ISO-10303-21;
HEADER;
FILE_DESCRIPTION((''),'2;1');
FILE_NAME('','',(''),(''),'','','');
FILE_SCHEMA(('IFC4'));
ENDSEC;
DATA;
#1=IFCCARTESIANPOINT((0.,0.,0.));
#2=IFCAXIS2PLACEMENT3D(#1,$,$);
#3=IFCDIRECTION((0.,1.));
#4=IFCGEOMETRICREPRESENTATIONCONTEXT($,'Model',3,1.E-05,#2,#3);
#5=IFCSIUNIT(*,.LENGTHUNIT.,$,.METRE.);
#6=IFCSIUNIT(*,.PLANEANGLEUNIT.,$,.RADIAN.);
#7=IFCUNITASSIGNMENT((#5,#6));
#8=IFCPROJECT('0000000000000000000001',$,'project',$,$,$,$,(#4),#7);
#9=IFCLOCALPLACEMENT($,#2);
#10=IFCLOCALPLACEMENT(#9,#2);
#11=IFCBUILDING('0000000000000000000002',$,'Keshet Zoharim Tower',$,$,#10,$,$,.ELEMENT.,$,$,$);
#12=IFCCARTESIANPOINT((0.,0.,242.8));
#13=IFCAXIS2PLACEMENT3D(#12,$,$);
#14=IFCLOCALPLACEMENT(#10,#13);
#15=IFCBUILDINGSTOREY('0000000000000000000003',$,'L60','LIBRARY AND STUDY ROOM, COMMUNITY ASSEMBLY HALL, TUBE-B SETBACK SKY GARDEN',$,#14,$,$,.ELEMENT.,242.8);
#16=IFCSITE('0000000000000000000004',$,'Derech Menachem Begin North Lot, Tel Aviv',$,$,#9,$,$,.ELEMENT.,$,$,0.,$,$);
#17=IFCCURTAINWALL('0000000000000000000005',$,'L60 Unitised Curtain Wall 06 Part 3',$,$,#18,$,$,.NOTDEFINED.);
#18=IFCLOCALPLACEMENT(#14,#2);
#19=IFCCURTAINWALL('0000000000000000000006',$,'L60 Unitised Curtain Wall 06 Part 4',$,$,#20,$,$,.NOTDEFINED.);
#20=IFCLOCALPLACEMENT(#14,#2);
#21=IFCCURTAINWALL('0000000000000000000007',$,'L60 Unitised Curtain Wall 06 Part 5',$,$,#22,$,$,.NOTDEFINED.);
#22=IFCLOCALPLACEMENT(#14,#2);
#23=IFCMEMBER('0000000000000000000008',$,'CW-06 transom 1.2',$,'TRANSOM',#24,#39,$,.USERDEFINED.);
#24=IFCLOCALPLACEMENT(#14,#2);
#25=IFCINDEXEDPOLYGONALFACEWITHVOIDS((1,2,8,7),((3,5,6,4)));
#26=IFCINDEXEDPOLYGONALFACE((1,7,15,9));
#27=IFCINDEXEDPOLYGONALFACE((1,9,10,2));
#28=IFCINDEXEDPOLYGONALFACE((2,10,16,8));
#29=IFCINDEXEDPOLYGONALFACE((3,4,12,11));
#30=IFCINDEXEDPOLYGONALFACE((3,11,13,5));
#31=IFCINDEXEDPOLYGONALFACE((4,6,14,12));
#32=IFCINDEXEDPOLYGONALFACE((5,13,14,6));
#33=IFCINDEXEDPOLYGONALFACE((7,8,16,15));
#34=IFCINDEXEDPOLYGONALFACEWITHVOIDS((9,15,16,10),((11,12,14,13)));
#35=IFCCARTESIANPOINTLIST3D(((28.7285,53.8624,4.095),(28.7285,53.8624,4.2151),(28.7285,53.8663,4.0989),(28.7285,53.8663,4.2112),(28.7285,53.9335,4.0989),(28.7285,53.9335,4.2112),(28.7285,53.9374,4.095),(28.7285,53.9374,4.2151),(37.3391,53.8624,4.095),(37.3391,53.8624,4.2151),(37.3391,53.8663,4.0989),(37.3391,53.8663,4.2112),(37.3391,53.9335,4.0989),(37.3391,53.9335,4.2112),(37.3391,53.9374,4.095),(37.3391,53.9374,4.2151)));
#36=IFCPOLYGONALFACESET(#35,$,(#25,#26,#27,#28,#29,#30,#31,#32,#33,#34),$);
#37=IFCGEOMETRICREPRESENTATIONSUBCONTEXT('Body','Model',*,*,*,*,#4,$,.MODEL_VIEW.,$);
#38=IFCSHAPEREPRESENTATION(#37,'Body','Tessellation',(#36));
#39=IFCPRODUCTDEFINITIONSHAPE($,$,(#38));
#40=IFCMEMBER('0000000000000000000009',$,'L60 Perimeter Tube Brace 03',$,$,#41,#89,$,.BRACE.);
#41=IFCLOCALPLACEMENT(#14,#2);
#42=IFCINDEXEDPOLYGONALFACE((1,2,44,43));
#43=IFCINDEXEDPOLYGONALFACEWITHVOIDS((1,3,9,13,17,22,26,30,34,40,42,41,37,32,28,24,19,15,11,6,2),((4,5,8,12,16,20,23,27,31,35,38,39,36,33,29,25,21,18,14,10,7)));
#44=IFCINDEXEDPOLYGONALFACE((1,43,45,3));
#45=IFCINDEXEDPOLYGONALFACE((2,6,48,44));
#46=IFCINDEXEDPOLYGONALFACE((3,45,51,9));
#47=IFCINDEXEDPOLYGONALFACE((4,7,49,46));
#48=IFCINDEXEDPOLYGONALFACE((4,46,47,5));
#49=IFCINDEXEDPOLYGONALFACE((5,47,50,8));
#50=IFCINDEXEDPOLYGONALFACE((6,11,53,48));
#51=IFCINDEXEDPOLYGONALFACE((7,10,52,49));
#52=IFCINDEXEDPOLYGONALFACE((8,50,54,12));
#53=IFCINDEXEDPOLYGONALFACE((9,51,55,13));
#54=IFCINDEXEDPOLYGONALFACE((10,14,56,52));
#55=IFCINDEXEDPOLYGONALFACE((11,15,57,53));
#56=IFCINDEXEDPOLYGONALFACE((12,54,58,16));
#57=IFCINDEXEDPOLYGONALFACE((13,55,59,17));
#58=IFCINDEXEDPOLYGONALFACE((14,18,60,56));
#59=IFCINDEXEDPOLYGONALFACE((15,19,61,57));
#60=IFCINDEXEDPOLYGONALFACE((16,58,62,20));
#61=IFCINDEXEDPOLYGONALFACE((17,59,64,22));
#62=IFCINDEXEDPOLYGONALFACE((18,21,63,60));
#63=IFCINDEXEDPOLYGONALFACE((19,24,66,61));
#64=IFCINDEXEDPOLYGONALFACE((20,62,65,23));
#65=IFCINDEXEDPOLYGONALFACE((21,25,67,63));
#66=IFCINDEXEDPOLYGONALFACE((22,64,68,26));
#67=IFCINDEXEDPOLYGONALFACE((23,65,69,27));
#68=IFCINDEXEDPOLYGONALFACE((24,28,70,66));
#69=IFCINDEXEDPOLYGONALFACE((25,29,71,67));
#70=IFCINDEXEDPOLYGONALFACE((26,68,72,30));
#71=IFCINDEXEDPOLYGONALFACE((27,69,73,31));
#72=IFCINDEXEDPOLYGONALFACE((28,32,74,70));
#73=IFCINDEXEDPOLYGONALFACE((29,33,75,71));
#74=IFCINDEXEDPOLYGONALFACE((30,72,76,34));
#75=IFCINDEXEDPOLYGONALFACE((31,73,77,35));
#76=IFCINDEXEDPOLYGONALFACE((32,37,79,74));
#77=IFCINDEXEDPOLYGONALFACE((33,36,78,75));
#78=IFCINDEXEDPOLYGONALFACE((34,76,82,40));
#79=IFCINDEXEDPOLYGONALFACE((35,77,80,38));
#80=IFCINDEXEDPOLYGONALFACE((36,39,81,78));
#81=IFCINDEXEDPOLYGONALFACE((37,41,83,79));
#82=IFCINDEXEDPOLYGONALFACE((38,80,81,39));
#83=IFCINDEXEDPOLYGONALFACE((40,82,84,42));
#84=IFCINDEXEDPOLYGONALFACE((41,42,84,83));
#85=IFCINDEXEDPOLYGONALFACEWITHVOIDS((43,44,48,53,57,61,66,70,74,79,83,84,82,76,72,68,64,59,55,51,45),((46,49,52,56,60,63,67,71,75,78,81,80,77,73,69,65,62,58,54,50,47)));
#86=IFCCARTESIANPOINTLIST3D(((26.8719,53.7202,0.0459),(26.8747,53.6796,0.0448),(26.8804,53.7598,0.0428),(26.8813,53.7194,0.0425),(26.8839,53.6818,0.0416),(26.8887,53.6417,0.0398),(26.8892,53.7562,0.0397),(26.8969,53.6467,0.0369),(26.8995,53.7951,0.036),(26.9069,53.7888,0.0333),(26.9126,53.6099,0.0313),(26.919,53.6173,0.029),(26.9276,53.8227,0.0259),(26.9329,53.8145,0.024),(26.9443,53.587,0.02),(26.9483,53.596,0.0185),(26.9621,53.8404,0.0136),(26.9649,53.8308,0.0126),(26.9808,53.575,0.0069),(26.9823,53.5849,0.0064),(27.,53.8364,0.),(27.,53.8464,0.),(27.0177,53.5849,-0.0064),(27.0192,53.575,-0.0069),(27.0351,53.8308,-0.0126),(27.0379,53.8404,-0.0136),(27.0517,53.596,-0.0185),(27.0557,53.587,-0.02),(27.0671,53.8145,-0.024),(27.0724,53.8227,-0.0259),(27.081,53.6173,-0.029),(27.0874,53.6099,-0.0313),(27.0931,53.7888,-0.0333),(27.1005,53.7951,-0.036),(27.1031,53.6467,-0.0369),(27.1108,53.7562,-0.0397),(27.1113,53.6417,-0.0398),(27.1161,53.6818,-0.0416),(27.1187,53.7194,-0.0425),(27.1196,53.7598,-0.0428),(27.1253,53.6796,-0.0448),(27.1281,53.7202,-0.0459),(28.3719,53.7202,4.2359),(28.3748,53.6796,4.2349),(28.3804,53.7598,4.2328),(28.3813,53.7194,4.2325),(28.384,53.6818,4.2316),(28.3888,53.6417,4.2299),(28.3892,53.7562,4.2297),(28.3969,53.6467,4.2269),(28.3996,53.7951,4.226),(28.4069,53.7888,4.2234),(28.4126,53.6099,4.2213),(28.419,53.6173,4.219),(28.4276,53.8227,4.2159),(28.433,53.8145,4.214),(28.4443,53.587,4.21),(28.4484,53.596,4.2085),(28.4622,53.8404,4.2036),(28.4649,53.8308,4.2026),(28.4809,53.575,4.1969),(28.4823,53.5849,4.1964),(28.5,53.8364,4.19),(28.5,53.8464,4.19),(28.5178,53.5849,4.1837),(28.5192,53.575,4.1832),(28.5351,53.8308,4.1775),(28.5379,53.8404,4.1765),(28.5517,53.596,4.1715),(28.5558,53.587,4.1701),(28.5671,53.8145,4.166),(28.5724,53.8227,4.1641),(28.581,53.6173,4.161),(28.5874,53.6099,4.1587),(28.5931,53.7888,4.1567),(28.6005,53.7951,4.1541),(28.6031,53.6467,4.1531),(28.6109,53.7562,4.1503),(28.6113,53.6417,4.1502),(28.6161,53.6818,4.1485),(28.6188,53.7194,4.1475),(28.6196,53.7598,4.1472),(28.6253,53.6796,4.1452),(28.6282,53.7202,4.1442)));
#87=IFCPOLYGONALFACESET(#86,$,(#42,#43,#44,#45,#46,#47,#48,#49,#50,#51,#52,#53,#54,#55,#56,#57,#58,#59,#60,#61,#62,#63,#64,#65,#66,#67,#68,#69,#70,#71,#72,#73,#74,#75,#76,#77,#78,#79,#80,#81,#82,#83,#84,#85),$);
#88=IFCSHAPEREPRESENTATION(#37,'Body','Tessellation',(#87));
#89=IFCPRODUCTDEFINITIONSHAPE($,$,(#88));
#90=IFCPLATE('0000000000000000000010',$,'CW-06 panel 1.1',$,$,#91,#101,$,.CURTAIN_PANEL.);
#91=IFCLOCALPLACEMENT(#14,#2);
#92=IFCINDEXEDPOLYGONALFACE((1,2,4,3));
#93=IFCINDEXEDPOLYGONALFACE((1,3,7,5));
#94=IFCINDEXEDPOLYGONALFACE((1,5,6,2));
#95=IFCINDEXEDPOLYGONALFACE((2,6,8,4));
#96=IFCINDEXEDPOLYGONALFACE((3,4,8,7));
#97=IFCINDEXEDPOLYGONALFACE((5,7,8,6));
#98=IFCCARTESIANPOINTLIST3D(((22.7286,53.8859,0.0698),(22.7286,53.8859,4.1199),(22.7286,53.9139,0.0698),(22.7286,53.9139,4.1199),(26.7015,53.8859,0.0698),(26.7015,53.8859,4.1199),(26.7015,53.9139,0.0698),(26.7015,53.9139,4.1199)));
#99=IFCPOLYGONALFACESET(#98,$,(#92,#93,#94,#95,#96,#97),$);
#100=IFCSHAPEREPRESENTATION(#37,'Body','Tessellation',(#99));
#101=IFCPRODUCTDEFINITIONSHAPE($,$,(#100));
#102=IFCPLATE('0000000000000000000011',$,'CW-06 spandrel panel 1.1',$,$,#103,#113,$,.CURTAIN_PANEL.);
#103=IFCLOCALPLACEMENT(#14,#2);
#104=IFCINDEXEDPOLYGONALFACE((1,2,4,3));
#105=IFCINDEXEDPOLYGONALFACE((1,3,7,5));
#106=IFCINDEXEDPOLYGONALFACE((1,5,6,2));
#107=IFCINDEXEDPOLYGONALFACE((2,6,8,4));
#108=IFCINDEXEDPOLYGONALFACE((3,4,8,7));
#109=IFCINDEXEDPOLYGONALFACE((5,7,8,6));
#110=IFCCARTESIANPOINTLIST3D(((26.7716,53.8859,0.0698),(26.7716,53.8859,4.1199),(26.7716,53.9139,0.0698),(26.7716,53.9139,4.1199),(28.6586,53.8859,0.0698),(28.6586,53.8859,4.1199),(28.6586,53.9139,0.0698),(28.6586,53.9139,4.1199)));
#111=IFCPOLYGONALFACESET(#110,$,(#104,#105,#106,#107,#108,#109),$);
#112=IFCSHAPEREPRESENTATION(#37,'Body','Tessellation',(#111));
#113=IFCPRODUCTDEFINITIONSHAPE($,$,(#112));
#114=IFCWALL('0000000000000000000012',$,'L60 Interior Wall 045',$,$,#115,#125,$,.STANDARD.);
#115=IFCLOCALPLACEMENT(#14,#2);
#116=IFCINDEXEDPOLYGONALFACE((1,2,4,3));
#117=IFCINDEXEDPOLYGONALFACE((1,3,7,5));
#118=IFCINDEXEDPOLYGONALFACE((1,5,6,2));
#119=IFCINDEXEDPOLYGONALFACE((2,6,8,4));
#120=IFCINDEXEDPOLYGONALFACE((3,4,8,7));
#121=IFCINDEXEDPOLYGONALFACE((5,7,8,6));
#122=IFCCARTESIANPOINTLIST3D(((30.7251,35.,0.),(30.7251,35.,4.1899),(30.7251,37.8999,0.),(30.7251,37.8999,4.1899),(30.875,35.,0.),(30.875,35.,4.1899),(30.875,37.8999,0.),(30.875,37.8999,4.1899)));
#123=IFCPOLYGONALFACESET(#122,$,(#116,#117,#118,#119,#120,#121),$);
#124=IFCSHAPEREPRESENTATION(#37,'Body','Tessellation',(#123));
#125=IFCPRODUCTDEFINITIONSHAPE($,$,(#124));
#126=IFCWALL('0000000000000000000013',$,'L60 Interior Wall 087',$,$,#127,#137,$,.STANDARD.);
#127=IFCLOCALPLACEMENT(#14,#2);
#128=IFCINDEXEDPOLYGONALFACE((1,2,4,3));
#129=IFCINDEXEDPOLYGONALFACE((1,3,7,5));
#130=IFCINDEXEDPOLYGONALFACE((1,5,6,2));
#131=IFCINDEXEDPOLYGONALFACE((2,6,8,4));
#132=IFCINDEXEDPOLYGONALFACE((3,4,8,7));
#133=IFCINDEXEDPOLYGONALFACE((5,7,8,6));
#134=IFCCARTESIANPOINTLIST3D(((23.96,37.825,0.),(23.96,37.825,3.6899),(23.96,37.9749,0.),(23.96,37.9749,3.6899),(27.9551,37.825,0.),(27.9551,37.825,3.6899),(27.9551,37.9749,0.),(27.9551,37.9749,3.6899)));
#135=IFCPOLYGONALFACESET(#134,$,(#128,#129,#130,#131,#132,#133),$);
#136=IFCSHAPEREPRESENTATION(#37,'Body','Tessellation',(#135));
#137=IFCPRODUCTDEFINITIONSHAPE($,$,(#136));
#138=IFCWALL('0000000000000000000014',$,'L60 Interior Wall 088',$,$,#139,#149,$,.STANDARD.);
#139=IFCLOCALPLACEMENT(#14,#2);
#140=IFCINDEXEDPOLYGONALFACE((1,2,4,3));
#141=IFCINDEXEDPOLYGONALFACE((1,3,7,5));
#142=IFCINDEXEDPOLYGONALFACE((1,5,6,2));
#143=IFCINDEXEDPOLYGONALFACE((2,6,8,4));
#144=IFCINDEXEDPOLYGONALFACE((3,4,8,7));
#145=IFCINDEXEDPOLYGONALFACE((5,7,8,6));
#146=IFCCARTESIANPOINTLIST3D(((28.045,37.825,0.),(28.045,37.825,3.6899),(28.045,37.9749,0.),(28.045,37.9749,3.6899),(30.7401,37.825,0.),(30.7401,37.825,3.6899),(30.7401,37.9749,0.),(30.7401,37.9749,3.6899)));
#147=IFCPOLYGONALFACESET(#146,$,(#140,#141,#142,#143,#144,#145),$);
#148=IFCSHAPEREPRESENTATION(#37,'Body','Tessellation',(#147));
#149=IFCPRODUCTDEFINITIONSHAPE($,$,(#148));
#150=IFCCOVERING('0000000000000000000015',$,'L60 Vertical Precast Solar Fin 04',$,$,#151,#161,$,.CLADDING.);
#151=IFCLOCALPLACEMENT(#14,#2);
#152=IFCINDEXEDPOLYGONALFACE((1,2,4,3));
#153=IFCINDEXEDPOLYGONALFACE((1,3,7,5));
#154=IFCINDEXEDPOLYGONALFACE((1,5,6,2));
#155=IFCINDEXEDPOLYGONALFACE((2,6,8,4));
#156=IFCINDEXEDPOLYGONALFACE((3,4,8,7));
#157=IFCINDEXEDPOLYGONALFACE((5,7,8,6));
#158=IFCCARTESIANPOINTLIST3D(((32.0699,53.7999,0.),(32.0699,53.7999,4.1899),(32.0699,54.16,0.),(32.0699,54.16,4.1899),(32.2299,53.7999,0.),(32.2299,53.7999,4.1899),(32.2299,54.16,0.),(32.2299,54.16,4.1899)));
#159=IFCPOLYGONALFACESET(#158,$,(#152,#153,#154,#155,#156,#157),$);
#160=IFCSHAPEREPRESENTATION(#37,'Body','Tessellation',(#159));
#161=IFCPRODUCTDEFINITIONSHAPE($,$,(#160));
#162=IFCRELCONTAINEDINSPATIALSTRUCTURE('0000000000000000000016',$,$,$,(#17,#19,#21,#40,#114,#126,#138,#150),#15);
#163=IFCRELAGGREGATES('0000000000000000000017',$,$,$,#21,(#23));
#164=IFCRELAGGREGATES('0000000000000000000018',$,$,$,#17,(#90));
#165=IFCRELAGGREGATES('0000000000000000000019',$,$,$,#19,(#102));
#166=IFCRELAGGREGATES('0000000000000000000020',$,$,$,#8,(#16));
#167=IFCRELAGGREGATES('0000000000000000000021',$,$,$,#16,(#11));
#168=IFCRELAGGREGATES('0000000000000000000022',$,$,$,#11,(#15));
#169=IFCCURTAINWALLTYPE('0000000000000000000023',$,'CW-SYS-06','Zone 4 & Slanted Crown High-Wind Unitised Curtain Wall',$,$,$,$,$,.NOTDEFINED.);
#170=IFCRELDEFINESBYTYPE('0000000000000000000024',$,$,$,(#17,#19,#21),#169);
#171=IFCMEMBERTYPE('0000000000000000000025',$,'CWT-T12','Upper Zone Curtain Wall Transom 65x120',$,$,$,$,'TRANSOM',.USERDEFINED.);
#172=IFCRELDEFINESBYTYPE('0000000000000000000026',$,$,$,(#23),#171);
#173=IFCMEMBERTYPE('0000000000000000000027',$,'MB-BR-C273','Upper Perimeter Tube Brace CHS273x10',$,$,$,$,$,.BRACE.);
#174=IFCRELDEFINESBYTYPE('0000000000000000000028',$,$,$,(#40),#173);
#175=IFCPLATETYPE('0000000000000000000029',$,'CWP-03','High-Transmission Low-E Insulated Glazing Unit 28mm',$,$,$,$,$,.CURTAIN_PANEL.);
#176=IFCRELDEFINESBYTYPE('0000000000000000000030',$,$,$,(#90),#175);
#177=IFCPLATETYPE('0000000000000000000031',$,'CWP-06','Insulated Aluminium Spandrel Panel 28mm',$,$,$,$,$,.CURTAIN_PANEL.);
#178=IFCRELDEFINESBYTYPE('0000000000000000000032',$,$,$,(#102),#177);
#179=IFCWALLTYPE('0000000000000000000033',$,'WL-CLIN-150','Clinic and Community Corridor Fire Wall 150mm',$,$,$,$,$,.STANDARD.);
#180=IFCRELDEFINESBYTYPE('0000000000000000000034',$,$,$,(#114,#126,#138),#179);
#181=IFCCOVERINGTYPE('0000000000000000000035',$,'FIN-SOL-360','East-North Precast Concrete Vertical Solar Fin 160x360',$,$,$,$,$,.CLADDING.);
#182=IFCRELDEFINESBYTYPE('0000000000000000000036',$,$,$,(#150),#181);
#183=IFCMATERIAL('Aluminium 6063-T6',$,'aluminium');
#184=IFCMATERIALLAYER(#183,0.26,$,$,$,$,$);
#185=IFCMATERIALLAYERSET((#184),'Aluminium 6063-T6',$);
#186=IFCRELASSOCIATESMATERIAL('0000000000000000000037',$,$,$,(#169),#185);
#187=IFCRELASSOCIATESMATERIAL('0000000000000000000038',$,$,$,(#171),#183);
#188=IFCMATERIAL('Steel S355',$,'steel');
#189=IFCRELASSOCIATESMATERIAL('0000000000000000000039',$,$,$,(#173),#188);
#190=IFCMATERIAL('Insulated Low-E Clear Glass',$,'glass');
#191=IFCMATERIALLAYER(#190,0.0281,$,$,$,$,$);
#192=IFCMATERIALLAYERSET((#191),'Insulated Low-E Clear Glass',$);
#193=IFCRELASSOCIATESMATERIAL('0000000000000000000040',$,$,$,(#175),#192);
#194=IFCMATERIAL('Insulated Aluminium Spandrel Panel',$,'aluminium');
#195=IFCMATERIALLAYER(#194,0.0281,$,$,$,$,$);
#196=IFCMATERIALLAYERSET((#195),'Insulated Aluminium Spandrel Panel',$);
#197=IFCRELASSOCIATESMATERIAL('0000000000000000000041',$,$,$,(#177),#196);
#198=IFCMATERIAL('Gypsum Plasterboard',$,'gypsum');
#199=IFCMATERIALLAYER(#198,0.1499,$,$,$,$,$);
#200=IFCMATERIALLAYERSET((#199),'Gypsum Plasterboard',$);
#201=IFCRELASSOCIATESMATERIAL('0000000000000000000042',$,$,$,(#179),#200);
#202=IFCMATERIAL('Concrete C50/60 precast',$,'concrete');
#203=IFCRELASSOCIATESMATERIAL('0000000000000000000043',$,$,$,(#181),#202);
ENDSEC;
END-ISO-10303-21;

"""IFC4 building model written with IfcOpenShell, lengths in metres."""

from ifc_helpers import new_model, si_unit, direction, frame, frame_2d, origin, origin_2d, place, context, subcontext, project, spatial, rectangle, hollow_rectangle, hollow_circle, extrude, material, layer, layer_set, material_profile, profile_set, type_object, element, aggregate, save


model = new_model("IFC4")

# Units and contexts
model_context = context("Model", 3, precision=1e-05, world=origin(), true_north=direction((0.0, 1.0)))
body_context = subcontext(model_context, "Body", "Model", "MODEL_VIEW")
ifc_project = project(units=[si_unit("LENGTHUNIT", "METRE"), si_unit("PLANEANGLEUNIT", "RADIAN")], contexts=[model_context])

# Site, building, storey
site_placement = place(None, origin())
site = spatial("IfcSite", under=ifc_project, at=site_placement, Name="Derech Menachem Begin North Lot, Tel Aviv", CompositionType="ELEMENT", RefElevation=0.0)
building_placement = place(site_placement, origin())
building = spatial("IfcBuilding", under=site, at=building_placement, Name="Keshet Zoharim Tower", CompositionType="ELEMENT")
storey_placement = place(building_placement, frame((0.0, 0.0, 242.8)))
storey = spatial("IfcBuildingStorey", under=building, at=storey_placement, Name="L60", Description="LIBRARY AND STUDY ROOM, COMMUNITY ASSEMBLY HALL, TUBE-B SETBACK SKY GARDEN", CompositionType="ELEMENT", Elevation=242.8)

# Shared definitions
ifc_material_1 = material(Name="Steel S355", Category="steel")

# Curtain wall
ifc_material_2 = material(Name="Aluminium 6063-T6", Category="aluminium")
ifc_layer_1 = layer(ifc_material_2, 0.26)
ifc_layer_set_1 = layer_set([ifc_layer_1], Name="Aluminium 6063-T6")
curtain_wall_type = type_object("IfcCurtainWallType", Name="CW-SYS-06", Description="Zone 4 & Slanted Crown High-Wind Unitised Curtain Wall", PredefinedType="NOTDEFINED", material=ifc_layer_set_1)
curtain_wall_1_placement = place(storey_placement, origin())
curtain_wall_1 = element("IfcCurtainWall", 1, at=curtain_wall_1_placement, inside=storey, type_object=curtain_wall_type, Name="L60 Unitised Curtain Wall 06 Part 3", PredefinedType="NOTDEFINED")

# Curtain walls, member
curtain_wall_2_placement = place(storey_placement, origin())
curtain_wall_2 = element("IfcCurtainWall", 2, at=curtain_wall_2_placement, inside=storey, type_object=curtain_wall_type, Name="L60 Unitised Curtain Wall 06 Part 4", PredefinedType="NOTDEFINED")
ifc_material_profile_1 = material_profile(ifc_material_2, hollow_rectangle(XDim=0.075, YDim=0.1201, WallThickness=0.0039, at=origin_2d()), Name="TRN-75x120")
ifc_profile_set_1 = profile_set([ifc_material_profile_1], Name="Aluminium 6063-T6")
member_type_1 = type_object("IfcMemberType", Name="CWT-T12", Description="Upper Zone Curtain Wall Transom 65x120", ElementType="TRANSOM", PredefinedType="USERDEFINED", material=ifc_profile_set_1)
curtain_wall_3_placement = place(storey_placement, origin())
curtain_wall_3 = element("IfcCurtainWall", 3, at=curtain_wall_3_placement, inside=storey, type_object=curtain_wall_type, Name="L60 Unitised Curtain Wall 06 Part 5", PredefinedType="NOTDEFINED")
member_1_placement = place(storey_placement, frame((28.7285, 53.8999, 4.155), z_axis=(1.0, 0.0, 0.0), x_axis=(0.0, 1.0, 0.0)))
member_1 = element("IfcMember", 4, at=member_1_placement, type_object=member_type_1, Name="CW-06 transom 1.2", ObjectType="TRANSOM", PredefinedType="USERDEFINED", context=body_context, shape_type="SweptSolid", body=[
    extrude(hollow_rectangle(XDim=0.075, YDim=0.1201, WallThickness=0.0039, at=origin_2d()), origin(), (0.0, 0.0, 1.0), 8.6106),
])
aggregate(curtain_wall_3, [member_1])

# Member
ifc_material_profile_2 = material_profile(ifc_material_1, hollow_circle(Radius=0.1365, WallThickness=0.01, at=origin_2d()), Name="CHS273x10")
ifc_profile_set_2 = profile_set([ifc_material_profile_2], Name="Steel S355")
member_type_2 = type_object("IfcMemberType", Name="MB-BR-C273", Description="Upper Perimeter Tube Brace CHS273x10", PredefinedType="BRACE", material=ifc_profile_set_2)
member_2_placement = place(storey_placement, frame((27.0, 53.71, 0.0), z_axis=(0.337052, 0.0, 0.941486), x_axis=(0.0, 1.0, 0.0)))
element("IfcMember", 5, at=member_2_placement, inside=storey, type_object=member_type_2, Name="L60 Perimeter Tube Brace 03", PredefinedType="BRACE", context=body_context, shape_type="SweptSolid", body=[
    extrude(hollow_circle(Radius=0.1365, WallThickness=0.01, at=origin_2d()), origin(), (0.0, 0.0, 1.0), 4.4504),
])

# Plates
ifc_material_3 = material(Name="Insulated Low-E Clear Glass", Category="glass")
ifc_layer_2 = layer(ifc_material_3, 0.0281)
ifc_layer_set_2 = layer_set([ifc_layer_2], Name="Insulated Low-E Clear Glass")
plate_type_1 = type_object("IfcPlateType", Name="CWP-03", Description="High-Transmission Low-E Insulated Glazing Unit 28mm", PredefinedType="CURTAIN_PANEL", material=ifc_layer_set_2)
plate_1_placement = place(storey_placement, frame((24.7151, 53.8999, 0.0698), z_axis=(0.0, 0.0, 1.0), x_axis=(1.0, 0.0, 0.0)))
plate_1 = element("IfcPlate", 6, at=plate_1_placement, type_object=plate_type_1, Name="CW-06 panel 1.1", PredefinedType="CURTAIN_PANEL", context=body_context, shape_type="SweptSolid", body=[
    extrude(rectangle(XDim=3.9729, YDim=0.0281, at=origin_2d()), origin(), (0.0, 0.0, 1.0), 4.05),
])
aggregate(curtain_wall_1, [plate_1])
ifc_material_4 = material(Name="Insulated Aluminium Spandrel Panel", Category="aluminium")
ifc_layer_3 = layer(ifc_material_4, 0.0281)
ifc_layer_set_3 = layer_set([ifc_layer_3], Name="Insulated Aluminium Spandrel Panel")
plate_type_2 = type_object("IfcPlateType", Name="CWP-06", Description="Insulated Aluminium Spandrel Panel 28mm", PredefinedType="CURTAIN_PANEL", material=ifc_layer_set_3)
plate_2_placement = place(storey_placement, frame((27.7151, 53.8999, 0.0698), z_axis=(0.0, 0.0, 1.0), x_axis=(1.0, 0.0, 0.0)))
plate_2 = element("IfcPlate", 7, at=plate_2_placement, type_object=plate_type_2, Name="CW-06 spandrel panel 1.1", PredefinedType="CURTAIN_PANEL", context=body_context, shape_type="SweptSolid", body=[
    extrude(rectangle(XDim=1.887, YDim=0.0281, at=origin_2d()), origin(), (0.0, 0.0, 1.0), 4.05),
])
aggregate(curtain_wall_2, [plate_2])

# Walls
ifc_material_5 = material(Name="Gypsum Plasterboard", Category="gypsum")
ifc_layer_4 = layer(ifc_material_5, 0.1499)
ifc_layer_set_4 = layer_set([ifc_layer_4], Name="Gypsum Plasterboard")
wall_type = type_object("IfcWallType", Name="WL-CLIN-150", Description="Clinic and Community Corridor Fire Wall 150mm", PredefinedType="STANDARD", material=ifc_layer_set_4)
wall_1_placement = place(storey_placement, frame((30.8, 35.0, 0.0), z_axis=(0.0, 0.0, 1.0), x_axis=(0.0, 1.0, 0.0)))
element("IfcWall", 8, at=wall_1_placement, inside=storey, type_object=wall_type, Name="L60 Interior Wall 045", PredefinedType="STANDARD", context=body_context, shape_type="SweptSolid", body=[
    extrude(rectangle(XDim=2.8999, YDim=0.1499, at=frame_2d((1.45, 0.0))), origin(), (0.0, 0.0, 1.0), 4.1899),
])
wall_2_placement = place(storey_placement, frame((23.96, 37.8999, 0.0), z_axis=(0.0, 0.0, 1.0), x_axis=(1.0, 0.0, 0.0)))
element("IfcWall", 9, at=wall_2_placement, inside=storey, type_object=wall_type, Name="L60 Interior Wall 087", PredefinedType="STANDARD", context=body_context, shape_type="SweptSolid", body=[
    extrude(rectangle(XDim=3.9951, YDim=0.1499, at=frame_2d((1.9976, 0.0))), origin(), (0.0, 0.0, 1.0), 3.6899),
])
wall_3_placement = place(storey_placement, frame((28.0449, 37.8999, 0.0), z_axis=(0.0, 0.0, 1.0), x_axis=(1.0, 0.0, 0.0)))
element("IfcWall", 10, at=wall_3_placement, inside=storey, type_object=wall_type, Name="L60 Interior Wall 088", PredefinedType="STANDARD", context=body_context, shape_type="SweptSolid", body=[
    extrude(rectangle(XDim=2.6951, YDim=0.1499, at=frame_2d((1.3477, 0.0))), origin(), (0.0, 0.0, 1.0), 3.6899),
])

# Covering
ifc_material_6 = material(Name="Concrete C50/60 precast", Category="concrete")
covering_type = type_object("IfcCoveringType", Name="FIN-SOL-360", Description="East-North Precast Concrete Vertical Solar Fin 160x360", PredefinedType="CLADDING", material=ifc_material_6)
covering_placement = place(storey_placement, frame((32.1499, 53.98, 0.0), z_axis=(0.0, 0.0, 1.0), x_axis=(1.0, 0.0, 0.0)))
element("IfcCovering", 11, at=covering_placement, inside=storey, type_object=covering_type, Name="L60 Vertical Precast Solar Fin 04", PredefinedType="CLADDING", context=body_context, shape_type="SweptSolid", body=[
    extrude(rectangle(XDim=0.1599, YDim=0.3601, at=origin_2d()), origin(), (0.0, 0.0, 1.0), 4.1899),
])

save(model, "model.ifc")
